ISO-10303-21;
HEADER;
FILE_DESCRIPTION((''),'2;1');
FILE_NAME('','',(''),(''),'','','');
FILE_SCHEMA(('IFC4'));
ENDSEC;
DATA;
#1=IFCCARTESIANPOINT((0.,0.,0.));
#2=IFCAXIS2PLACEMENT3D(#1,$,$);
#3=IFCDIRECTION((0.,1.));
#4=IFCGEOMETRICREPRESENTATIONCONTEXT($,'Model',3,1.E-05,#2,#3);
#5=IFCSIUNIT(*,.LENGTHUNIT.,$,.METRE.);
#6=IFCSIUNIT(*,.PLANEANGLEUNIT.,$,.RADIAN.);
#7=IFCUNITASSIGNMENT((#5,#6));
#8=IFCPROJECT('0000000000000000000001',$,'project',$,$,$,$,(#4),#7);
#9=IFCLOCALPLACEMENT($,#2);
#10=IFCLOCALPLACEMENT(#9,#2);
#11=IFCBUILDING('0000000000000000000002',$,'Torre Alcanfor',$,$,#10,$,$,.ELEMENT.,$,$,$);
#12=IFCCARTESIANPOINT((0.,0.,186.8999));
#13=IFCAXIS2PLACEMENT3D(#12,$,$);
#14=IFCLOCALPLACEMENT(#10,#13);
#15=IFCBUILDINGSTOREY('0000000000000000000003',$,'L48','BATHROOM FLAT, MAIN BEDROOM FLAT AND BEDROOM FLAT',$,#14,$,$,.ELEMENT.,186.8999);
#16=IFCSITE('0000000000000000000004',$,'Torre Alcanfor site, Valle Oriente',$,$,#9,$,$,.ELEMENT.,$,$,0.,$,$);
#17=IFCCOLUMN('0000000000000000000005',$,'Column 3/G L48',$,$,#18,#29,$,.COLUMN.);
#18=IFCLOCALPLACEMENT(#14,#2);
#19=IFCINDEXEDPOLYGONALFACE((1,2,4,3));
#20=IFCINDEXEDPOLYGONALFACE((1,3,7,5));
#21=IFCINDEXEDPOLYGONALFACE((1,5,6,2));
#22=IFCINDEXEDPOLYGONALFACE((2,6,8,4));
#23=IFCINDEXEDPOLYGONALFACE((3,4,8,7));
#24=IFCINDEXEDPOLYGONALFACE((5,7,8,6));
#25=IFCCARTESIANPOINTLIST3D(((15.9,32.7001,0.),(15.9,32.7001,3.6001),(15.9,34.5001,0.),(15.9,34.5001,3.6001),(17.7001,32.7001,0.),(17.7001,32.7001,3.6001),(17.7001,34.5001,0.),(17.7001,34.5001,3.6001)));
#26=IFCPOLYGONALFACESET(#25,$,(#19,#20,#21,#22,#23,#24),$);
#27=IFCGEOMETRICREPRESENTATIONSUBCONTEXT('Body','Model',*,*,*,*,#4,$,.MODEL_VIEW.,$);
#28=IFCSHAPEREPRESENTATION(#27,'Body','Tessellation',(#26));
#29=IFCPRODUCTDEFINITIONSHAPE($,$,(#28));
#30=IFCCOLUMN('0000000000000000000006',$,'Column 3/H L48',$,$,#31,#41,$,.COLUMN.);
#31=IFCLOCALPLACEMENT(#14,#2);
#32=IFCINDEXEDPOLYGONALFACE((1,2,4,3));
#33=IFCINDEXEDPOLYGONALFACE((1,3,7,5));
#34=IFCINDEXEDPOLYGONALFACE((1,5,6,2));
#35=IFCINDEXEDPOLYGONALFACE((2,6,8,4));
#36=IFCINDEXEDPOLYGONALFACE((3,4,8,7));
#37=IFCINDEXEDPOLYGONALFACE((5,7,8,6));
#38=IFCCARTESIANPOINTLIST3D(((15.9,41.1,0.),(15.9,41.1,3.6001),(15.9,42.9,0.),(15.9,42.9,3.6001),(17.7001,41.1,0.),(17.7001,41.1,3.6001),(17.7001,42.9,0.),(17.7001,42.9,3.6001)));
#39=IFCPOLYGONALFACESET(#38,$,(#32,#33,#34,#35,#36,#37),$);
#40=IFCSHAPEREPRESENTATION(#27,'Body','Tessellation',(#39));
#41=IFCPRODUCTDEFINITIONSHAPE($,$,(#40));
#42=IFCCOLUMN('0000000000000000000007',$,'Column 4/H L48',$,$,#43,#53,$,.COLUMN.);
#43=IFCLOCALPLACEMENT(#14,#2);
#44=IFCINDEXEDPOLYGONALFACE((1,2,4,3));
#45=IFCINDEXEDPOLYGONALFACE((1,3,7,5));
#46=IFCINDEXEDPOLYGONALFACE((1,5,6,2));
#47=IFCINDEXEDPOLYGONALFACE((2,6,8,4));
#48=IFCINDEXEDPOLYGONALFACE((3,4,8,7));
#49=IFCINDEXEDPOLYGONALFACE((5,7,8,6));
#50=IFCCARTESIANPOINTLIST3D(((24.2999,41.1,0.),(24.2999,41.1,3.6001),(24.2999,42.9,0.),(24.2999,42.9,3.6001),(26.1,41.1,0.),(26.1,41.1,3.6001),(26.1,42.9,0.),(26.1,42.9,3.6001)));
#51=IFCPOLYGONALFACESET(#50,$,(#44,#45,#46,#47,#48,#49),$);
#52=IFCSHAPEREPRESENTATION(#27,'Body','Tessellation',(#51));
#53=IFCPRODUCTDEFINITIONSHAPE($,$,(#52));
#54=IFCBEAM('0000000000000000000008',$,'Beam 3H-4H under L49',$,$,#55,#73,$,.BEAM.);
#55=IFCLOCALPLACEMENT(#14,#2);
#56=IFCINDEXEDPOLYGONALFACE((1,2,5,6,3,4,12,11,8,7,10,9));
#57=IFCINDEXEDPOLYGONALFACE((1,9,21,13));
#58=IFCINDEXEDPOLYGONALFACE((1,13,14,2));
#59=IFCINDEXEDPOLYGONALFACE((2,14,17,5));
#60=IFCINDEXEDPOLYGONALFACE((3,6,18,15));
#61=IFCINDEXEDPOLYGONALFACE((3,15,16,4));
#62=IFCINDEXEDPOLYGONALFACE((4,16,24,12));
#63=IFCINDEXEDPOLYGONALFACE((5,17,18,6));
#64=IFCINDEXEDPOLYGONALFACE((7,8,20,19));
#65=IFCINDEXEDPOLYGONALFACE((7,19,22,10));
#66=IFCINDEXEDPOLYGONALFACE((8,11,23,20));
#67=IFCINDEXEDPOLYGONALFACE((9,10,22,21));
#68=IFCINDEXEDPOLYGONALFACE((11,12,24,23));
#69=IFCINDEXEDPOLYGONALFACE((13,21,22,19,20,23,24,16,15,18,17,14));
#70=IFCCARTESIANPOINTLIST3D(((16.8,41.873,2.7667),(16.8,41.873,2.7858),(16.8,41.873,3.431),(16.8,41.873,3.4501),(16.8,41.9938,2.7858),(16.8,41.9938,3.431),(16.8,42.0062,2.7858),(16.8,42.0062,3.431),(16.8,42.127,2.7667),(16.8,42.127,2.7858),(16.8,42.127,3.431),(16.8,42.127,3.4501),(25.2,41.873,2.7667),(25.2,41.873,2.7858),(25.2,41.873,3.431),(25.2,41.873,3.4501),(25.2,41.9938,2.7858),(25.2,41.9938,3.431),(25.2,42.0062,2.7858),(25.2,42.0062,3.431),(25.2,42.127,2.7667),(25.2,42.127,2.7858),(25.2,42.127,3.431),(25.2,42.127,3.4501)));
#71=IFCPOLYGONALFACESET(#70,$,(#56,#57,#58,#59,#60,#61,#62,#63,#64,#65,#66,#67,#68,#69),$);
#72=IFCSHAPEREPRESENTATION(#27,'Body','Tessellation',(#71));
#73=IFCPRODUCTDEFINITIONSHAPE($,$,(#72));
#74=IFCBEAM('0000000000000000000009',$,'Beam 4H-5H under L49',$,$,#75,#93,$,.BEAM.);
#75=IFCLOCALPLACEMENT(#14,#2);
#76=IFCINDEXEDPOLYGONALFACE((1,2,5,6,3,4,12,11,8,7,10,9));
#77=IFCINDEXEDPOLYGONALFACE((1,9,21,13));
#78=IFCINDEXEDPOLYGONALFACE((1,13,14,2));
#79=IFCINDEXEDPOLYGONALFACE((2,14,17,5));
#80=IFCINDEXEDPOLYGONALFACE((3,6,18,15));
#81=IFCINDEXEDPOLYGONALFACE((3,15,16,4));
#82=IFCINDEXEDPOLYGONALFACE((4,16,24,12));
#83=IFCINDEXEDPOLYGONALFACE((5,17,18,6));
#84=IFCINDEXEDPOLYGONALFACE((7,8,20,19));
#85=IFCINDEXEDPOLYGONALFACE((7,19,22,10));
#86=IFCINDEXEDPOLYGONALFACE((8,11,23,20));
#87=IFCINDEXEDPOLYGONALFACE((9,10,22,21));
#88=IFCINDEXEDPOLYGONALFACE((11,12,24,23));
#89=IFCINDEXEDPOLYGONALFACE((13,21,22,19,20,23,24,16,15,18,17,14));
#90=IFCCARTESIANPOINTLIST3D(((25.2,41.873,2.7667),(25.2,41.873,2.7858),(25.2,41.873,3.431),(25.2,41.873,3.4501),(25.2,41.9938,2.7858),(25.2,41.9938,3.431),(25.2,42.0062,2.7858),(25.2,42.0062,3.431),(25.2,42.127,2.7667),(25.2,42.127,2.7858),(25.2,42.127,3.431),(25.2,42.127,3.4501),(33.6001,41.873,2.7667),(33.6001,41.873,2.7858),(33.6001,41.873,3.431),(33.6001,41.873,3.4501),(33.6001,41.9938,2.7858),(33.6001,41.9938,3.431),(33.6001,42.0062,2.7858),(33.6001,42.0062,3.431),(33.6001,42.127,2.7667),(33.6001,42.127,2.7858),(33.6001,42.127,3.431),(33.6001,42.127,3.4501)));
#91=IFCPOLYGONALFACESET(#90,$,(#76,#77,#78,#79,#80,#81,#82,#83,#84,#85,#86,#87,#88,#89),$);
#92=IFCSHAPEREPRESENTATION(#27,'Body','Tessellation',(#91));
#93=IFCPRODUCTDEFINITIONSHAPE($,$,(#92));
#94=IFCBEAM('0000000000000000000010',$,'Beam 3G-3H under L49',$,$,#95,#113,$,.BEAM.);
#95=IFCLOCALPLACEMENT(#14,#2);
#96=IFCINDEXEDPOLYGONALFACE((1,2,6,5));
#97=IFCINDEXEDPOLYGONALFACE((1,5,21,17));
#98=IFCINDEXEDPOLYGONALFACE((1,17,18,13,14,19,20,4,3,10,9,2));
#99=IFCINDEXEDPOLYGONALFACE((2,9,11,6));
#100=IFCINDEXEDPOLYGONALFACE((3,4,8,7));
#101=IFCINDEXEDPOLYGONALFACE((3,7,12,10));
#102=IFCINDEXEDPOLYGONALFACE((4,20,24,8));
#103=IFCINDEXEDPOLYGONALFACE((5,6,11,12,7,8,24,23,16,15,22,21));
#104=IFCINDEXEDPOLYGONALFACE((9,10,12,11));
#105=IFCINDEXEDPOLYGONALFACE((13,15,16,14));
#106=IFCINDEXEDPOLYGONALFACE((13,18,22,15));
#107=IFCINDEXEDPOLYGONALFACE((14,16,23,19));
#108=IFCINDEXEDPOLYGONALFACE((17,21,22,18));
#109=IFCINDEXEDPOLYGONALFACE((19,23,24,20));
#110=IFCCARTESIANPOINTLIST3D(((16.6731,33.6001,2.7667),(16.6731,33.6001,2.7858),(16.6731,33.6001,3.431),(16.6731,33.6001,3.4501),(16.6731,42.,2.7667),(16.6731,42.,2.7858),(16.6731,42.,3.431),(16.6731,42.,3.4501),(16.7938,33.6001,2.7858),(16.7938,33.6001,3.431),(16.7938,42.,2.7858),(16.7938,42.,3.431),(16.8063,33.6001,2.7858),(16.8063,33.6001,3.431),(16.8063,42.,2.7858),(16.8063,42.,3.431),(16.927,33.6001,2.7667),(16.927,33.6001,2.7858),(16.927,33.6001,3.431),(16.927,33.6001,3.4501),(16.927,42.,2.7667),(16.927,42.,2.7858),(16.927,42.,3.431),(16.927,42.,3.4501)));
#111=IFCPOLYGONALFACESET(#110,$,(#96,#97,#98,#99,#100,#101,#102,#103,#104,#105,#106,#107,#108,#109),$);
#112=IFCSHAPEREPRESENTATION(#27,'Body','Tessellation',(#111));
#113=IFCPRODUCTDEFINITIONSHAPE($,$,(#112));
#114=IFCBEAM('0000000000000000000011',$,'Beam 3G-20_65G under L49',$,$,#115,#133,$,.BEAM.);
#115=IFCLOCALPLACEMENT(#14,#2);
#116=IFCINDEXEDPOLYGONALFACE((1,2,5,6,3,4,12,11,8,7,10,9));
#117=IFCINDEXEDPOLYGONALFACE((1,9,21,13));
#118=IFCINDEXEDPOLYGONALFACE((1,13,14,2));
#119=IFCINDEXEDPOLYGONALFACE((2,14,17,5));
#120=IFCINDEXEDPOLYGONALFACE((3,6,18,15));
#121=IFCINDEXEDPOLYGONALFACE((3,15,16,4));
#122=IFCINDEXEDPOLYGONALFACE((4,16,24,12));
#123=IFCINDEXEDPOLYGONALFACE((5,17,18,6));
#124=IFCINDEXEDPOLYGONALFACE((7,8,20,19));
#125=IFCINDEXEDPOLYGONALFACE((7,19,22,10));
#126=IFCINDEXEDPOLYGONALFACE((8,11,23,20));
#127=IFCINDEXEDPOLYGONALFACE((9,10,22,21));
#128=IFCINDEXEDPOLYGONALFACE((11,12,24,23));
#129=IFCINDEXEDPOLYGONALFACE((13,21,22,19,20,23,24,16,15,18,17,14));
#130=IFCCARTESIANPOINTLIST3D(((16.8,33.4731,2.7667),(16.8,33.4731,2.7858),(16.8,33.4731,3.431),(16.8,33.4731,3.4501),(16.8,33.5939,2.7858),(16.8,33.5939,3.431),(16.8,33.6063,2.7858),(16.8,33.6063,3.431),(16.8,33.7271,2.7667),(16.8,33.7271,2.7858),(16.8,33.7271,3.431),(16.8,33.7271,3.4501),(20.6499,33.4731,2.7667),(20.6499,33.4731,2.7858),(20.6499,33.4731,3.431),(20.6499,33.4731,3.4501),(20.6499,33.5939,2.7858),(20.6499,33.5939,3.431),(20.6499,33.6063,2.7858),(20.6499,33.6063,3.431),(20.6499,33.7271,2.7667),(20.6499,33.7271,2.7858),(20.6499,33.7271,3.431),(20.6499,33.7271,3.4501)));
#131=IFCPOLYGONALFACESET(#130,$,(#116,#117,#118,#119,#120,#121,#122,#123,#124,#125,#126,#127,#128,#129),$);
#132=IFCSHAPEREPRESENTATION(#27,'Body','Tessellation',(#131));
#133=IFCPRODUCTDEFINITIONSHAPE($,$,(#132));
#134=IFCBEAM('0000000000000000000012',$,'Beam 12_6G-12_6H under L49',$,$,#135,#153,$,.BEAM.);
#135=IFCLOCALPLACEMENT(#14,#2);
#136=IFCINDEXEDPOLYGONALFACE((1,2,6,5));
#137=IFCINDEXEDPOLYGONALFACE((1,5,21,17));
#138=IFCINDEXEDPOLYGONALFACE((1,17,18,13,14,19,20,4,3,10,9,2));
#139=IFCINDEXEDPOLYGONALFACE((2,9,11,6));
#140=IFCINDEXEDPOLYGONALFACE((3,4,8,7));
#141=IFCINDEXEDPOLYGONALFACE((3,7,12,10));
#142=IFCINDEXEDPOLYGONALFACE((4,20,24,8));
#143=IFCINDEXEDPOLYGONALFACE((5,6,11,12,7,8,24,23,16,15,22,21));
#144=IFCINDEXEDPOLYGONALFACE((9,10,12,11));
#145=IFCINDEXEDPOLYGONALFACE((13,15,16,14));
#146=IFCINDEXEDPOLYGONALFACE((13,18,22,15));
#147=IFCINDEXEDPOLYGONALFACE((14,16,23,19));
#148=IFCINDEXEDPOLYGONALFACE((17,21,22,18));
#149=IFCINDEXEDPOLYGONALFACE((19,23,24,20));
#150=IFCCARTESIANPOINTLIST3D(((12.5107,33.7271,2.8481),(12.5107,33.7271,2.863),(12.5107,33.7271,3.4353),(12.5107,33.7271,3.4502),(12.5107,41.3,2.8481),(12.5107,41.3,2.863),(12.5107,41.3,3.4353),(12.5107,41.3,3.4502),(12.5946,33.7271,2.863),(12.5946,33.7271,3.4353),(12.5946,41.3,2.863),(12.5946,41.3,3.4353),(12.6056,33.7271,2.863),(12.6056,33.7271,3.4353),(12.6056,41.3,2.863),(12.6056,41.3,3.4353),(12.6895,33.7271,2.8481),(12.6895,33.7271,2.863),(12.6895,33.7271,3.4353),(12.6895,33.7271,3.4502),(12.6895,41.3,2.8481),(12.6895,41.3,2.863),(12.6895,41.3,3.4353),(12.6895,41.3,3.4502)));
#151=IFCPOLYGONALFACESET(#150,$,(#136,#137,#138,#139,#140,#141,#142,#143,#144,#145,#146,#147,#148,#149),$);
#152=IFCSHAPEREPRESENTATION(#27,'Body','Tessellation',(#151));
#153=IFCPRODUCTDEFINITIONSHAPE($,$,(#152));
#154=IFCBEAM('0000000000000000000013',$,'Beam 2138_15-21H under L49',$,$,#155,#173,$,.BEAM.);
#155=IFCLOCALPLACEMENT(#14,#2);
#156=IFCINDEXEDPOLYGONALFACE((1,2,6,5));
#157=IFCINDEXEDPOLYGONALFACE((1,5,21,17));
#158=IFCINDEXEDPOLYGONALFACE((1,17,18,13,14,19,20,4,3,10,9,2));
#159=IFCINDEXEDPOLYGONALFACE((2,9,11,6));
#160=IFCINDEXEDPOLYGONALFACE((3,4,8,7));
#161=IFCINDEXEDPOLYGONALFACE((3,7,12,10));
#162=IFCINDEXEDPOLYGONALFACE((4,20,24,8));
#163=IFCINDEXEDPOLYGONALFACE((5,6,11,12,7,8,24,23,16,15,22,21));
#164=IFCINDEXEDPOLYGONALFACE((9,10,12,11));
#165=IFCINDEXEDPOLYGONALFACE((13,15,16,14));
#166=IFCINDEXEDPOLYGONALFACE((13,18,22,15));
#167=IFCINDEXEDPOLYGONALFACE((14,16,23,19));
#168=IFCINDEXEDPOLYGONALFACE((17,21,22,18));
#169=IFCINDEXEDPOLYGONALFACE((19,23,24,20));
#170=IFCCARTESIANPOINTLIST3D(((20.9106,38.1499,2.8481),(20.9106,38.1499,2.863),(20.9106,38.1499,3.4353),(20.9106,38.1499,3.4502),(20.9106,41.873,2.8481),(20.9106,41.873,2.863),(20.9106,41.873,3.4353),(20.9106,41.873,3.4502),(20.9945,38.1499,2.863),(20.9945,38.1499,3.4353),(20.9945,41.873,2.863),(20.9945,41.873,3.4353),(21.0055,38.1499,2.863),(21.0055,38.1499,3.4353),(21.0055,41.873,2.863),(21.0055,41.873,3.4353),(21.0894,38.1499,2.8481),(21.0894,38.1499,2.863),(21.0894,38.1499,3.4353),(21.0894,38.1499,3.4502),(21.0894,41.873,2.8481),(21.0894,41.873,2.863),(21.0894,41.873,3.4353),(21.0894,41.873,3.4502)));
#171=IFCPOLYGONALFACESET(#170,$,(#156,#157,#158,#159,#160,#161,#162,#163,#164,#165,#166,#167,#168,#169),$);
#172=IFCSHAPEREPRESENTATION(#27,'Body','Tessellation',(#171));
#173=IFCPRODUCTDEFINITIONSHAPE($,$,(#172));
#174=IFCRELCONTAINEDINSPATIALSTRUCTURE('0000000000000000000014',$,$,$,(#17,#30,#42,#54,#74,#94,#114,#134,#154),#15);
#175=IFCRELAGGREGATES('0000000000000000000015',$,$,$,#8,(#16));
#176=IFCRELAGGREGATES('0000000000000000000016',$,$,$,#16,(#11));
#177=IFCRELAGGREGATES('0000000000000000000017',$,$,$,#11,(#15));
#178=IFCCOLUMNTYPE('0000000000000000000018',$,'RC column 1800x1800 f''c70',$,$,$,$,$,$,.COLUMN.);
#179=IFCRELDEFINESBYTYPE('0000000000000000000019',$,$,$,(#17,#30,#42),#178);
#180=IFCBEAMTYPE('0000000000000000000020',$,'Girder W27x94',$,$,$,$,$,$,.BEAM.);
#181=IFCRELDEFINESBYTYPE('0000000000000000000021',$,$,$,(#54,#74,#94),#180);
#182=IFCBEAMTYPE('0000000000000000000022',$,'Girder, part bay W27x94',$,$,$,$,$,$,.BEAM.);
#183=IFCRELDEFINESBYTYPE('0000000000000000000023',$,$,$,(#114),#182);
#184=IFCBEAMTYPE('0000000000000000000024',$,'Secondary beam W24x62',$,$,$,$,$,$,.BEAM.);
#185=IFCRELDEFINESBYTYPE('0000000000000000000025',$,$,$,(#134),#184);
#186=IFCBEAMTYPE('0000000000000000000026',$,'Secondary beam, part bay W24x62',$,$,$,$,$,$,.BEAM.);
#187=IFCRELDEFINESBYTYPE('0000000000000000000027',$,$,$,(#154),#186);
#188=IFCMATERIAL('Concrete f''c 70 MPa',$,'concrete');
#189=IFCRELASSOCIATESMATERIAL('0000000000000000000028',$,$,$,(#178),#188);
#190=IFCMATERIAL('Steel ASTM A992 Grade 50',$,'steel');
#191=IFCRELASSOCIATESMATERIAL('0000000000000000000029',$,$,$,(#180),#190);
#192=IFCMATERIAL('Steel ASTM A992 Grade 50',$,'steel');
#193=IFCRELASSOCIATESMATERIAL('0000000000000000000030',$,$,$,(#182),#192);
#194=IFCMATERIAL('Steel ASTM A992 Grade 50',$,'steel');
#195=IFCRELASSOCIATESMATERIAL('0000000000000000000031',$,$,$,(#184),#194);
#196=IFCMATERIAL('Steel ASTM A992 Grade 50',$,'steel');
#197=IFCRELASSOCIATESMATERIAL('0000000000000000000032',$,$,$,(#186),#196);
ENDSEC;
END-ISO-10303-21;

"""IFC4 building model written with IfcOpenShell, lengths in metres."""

from ifc_helpers import new_model, si_unit, direction, frame, origin, origin_2d, place, context, subcontext, project, spatial, rectangle, i_section, extrude, material, material_profile, profile_set, type_object, element, save


model = new_model("IFC4")

# Units and contexts
model_context = context("Model", 3, precision=1e-05, world=origin(), true_north=direction((0.0, 1.0)))
body_context = subcontext(model_context, "Body", "Model", "MODEL_VIEW")
ifc_project = project(units=[si_unit("LENGTHUNIT", "METRE"), si_unit("PLANEANGLEUNIT", "RADIAN")], contexts=[model_context])

# Site, building, storey
site_placement = place(None, origin())
site = spatial("IfcSite", under=ifc_project, at=site_placement, Name="Torre Alcanfor site, Valle Oriente", CompositionType="ELEMENT", RefElevation=0.0)
building_placement = place(site_placement, origin())
building = spatial("IfcBuilding", under=site, at=building_placement, Name="Torre Alcanfor", CompositionType="ELEMENT")
storey_placement = place(building_placement, frame((0.0, 0.0, 186.8999)))
storey = spatial("IfcBuildingStorey", under=building, at=storey_placement, Name="L48", Description="BATHROOM FLAT, MAIN BEDROOM FLAT AND BEDROOM FLAT", CompositionType="ELEMENT", Elevation=186.8999)

# Columns
ifc_material_1 = material(Name="Concrete f'c 70 MPa", Category="concrete")
ifc_material_profile_1 = material_profile(ifc_material_1, rectangle(XDim=1.8, YDim=1.8, at=origin_2d()), Name="1800x1800")
ifc_profile_set_1 = profile_set([ifc_material_profile_1], Name="Concrete f'c 70 MPa")
column_type = type_object("IfcColumnType", Name="RC column 1800x1800 f'c70", PredefinedType="COLUMN", material=ifc_profile_set_1)
for number, where, z_axis, x_axis, name in (
    (1, (16.8, 33.6001, 0.0), (0.0, 0.0, 1.0), (1.0, 0.0, 0.0), "Column 3/G L48"),
    (2, (16.8, 42.0, 0.0), (0.0, 0.0, 1.0), (1.0, 0.0, 0.0), "Column 3/H L48"),
    (3, (25.2, 42.0, 0.0), (0.0, 0.0, 1.0), (1.0, 0.0, 0.0), "Column 4/H L48"),
):
    element("IfcColumn", number, at=place(storey_placement, frame(where, z_axis=z_axis, x_axis=x_axis)), inside=storey, type_object=column_type, Name=name, PredefinedType="COLUMN", context=body_context, shape_type="SweptSolid", body=[
        extrude(rectangle(XDim=1.8, YDim=1.8, at=origin_2d()), origin(), (0.0, 0.0, 1.0), 3.6001),
    ])

# Beams
ifc_material_2 = material(Name="Steel ASTM A992 Grade 50", Category="steel")
ifc_material_profile_2 = material_profile(ifc_material_2, i_section(OverallWidth=0.2539, OverallDepth=0.6833, WebThickness=0.0125, FlangeThickness=0.019, at=origin_2d()), Name="W27x94")
ifc_profile_set_2 = profile_set([ifc_material_profile_2], Name="Steel ASTM A992 Grade 50")
beam_type_1 = type_object("IfcBeamType", Name="Girder W27x94", PredefinedType="BEAM", material=ifc_profile_set_2)
beam_1_placement = place(storey_placement, frame((16.8, 42.0, 3.1084), z_axis=(1.0, 0.0, 0.0), x_axis=(0.0, 1.0, 0.0)))
element("IfcBeam", 4, at=beam_1_placement, inside=storey, type_object=beam_type_1, Name="Beam 3H-4H under L49", PredefinedType="BEAM", context=body_context, shape_type="SweptSolid", body=[
    extrude(i_section(OverallWidth=0.2539, OverallDepth=0.6833, WebThickness=0.0125, FlangeThickness=0.019, at=origin_2d()), origin(), (0.0, 0.0, 1.0), 8.3999),
])
beam_2_placement = place(storey_placement, frame((25.2, 42.0, 3.1084), z_axis=(1.0, 0.0, 0.0), x_axis=(0.0, 1.0, 0.0)))
element("IfcBeam", 5, at=beam_2_placement, inside=storey, type_object=beam_type_1, Name="Beam 4H-5H under L49", PredefinedType="BEAM", context=body_context, shape_type="SweptSolid", body=[
    extrude(i_section(OverallWidth=0.2539, OverallDepth=0.6833, WebThickness=0.0125, FlangeThickness=0.019, at=origin_2d()), origin(), (0.0, 0.0, 1.0), 8.4001),
])
beam_3_placement = place(storey_placement, frame((16.8, 33.6001, 3.1084), z_axis=(0.0, 1.0, 0.0), x_axis=(-1.0, 0.0, 0.0)))
element("IfcBeam", 6, at=beam_3_placement, inside=storey, type_object=beam_type_1, Name="Beam 3G-3H under L49", PredefinedType="BEAM", context=body_context, shape_type="SweptSolid", body=[
    extrude(i_section(OverallWidth=0.2539, OverallDepth=0.6833, WebThickness=0.0125, FlangeThickness=0.019, at=origin_2d()), origin(), (0.0, 0.0, 1.0), 8.3999),
])
ifc_material_3 = material(Name="Steel ASTM A992 Grade 50", Category="steel")
ifc_material_profile_3 = material_profile(ifc_material_3, i_section(OverallWidth=0.2539, OverallDepth=0.6833, WebThickness=0.0125, FlangeThickness=0.019, at=origin_2d()), Name="W27x94")
ifc_profile_set_3 = profile_set([ifc_material_profile_3], Name="Steel ASTM A992 Grade 50")
beam_type_2 = type_object("IfcBeamType", Name="Girder, part bay W27x94", PredefinedType="BEAM", material=ifc_profile_set_3)
beam_4_placement = place(storey_placement, frame((16.8, 33.6001, 3.1084), z_axis=(1.0, 0.0, 0.0), x_axis=(0.0, 1.0, 0.0)))
element("IfcBeam", 7, at=beam_4_placement, inside=storey, type_object=beam_type_2, Name="Beam 3G-20_65G under L49", PredefinedType="BEAM", context=body_context, shape_type="SweptSolid", body=[
    extrude(i_section(OverallWidth=0.2539, OverallDepth=0.6833, WebThickness=0.0125, FlangeThickness=0.019, at=origin_2d()), origin(), (0.0, 0.0, 1.0), 3.8499),
])
ifc_material_4 = material(Name="Steel ASTM A992 Grade 50", Category="steel")
ifc_material_profile_4 = material_profile(ifc_material_4, i_section(OverallWidth=0.1787, OverallDepth=0.6021, WebThickness=0.011, FlangeThickness=0.0149, at=origin_2d()), Name="W24x62")
ifc_profile_set_4 = profile_set([ifc_material_profile_4], Name="Steel ASTM A992 Grade 50")
beam_type_3 = type_object("IfcBeamType", Name="Secondary beam W24x62", PredefinedType="BEAM", material=ifc_profile_set_4)
beam_5_placement = place(storey_placement, frame((12.6001, 33.7271, 3.1492), z_axis=(0.0, 1.0, 0.0), x_axis=(-1.0, 0.0, 0.0)))
element("IfcBeam", 8, at=beam_5_placement, inside=storey, type_object=beam_type_3, Name="Beam 12_6G-12_6H under L49", PredefinedType="BEAM", context=body_context, shape_type="SweptSolid", body=[
    extrude(i_section(OverallWidth=0.1787, OverallDepth=0.6021, WebThickness=0.011, FlangeThickness=0.0149, at=origin_2d()), origin(), (0.0, 0.0, 1.0), 7.573),
])
ifc_material_5 = material(Name="Steel ASTM A992 Grade 50", Category="steel")
ifc_material_profile_5 = material_profile(ifc_material_5, i_section(OverallWidth=0.1787, OverallDepth=0.6021, WebThickness=0.011, FlangeThickness=0.0149, at=origin_2d()), Name="W24x62")
ifc_profile_set_5 = profile_set([ifc_material_profile_5], Name="Steel ASTM A992 Grade 50")
beam_type_4 = type_object("IfcBeamType", Name="Secondary beam, part bay W24x62", PredefinedType="BEAM", material=ifc_profile_set_5)
beam_6_placement = place(storey_placement, frame((21.0, 38.1499, 3.1492), z_axis=(0.0, 1.0, 0.0), x_axis=(-1.0, 0.0, 0.0)))
element("IfcBeam", 9, at=beam_6_placement, inside=storey, type_object=beam_type_4, Name="Beam 2138_15-21H under L49", PredefinedType="BEAM", context=body_context, shape_type="SweptSolid", body=[
    extrude(i_section(OverallWidth=0.1787, OverallDepth=0.6021, WebThickness=0.011, FlangeThickness=0.0149, at=origin_2d()), origin(), (0.0, 0.0, 1.0), 3.7231),
])

save(model, "model.ifc")
